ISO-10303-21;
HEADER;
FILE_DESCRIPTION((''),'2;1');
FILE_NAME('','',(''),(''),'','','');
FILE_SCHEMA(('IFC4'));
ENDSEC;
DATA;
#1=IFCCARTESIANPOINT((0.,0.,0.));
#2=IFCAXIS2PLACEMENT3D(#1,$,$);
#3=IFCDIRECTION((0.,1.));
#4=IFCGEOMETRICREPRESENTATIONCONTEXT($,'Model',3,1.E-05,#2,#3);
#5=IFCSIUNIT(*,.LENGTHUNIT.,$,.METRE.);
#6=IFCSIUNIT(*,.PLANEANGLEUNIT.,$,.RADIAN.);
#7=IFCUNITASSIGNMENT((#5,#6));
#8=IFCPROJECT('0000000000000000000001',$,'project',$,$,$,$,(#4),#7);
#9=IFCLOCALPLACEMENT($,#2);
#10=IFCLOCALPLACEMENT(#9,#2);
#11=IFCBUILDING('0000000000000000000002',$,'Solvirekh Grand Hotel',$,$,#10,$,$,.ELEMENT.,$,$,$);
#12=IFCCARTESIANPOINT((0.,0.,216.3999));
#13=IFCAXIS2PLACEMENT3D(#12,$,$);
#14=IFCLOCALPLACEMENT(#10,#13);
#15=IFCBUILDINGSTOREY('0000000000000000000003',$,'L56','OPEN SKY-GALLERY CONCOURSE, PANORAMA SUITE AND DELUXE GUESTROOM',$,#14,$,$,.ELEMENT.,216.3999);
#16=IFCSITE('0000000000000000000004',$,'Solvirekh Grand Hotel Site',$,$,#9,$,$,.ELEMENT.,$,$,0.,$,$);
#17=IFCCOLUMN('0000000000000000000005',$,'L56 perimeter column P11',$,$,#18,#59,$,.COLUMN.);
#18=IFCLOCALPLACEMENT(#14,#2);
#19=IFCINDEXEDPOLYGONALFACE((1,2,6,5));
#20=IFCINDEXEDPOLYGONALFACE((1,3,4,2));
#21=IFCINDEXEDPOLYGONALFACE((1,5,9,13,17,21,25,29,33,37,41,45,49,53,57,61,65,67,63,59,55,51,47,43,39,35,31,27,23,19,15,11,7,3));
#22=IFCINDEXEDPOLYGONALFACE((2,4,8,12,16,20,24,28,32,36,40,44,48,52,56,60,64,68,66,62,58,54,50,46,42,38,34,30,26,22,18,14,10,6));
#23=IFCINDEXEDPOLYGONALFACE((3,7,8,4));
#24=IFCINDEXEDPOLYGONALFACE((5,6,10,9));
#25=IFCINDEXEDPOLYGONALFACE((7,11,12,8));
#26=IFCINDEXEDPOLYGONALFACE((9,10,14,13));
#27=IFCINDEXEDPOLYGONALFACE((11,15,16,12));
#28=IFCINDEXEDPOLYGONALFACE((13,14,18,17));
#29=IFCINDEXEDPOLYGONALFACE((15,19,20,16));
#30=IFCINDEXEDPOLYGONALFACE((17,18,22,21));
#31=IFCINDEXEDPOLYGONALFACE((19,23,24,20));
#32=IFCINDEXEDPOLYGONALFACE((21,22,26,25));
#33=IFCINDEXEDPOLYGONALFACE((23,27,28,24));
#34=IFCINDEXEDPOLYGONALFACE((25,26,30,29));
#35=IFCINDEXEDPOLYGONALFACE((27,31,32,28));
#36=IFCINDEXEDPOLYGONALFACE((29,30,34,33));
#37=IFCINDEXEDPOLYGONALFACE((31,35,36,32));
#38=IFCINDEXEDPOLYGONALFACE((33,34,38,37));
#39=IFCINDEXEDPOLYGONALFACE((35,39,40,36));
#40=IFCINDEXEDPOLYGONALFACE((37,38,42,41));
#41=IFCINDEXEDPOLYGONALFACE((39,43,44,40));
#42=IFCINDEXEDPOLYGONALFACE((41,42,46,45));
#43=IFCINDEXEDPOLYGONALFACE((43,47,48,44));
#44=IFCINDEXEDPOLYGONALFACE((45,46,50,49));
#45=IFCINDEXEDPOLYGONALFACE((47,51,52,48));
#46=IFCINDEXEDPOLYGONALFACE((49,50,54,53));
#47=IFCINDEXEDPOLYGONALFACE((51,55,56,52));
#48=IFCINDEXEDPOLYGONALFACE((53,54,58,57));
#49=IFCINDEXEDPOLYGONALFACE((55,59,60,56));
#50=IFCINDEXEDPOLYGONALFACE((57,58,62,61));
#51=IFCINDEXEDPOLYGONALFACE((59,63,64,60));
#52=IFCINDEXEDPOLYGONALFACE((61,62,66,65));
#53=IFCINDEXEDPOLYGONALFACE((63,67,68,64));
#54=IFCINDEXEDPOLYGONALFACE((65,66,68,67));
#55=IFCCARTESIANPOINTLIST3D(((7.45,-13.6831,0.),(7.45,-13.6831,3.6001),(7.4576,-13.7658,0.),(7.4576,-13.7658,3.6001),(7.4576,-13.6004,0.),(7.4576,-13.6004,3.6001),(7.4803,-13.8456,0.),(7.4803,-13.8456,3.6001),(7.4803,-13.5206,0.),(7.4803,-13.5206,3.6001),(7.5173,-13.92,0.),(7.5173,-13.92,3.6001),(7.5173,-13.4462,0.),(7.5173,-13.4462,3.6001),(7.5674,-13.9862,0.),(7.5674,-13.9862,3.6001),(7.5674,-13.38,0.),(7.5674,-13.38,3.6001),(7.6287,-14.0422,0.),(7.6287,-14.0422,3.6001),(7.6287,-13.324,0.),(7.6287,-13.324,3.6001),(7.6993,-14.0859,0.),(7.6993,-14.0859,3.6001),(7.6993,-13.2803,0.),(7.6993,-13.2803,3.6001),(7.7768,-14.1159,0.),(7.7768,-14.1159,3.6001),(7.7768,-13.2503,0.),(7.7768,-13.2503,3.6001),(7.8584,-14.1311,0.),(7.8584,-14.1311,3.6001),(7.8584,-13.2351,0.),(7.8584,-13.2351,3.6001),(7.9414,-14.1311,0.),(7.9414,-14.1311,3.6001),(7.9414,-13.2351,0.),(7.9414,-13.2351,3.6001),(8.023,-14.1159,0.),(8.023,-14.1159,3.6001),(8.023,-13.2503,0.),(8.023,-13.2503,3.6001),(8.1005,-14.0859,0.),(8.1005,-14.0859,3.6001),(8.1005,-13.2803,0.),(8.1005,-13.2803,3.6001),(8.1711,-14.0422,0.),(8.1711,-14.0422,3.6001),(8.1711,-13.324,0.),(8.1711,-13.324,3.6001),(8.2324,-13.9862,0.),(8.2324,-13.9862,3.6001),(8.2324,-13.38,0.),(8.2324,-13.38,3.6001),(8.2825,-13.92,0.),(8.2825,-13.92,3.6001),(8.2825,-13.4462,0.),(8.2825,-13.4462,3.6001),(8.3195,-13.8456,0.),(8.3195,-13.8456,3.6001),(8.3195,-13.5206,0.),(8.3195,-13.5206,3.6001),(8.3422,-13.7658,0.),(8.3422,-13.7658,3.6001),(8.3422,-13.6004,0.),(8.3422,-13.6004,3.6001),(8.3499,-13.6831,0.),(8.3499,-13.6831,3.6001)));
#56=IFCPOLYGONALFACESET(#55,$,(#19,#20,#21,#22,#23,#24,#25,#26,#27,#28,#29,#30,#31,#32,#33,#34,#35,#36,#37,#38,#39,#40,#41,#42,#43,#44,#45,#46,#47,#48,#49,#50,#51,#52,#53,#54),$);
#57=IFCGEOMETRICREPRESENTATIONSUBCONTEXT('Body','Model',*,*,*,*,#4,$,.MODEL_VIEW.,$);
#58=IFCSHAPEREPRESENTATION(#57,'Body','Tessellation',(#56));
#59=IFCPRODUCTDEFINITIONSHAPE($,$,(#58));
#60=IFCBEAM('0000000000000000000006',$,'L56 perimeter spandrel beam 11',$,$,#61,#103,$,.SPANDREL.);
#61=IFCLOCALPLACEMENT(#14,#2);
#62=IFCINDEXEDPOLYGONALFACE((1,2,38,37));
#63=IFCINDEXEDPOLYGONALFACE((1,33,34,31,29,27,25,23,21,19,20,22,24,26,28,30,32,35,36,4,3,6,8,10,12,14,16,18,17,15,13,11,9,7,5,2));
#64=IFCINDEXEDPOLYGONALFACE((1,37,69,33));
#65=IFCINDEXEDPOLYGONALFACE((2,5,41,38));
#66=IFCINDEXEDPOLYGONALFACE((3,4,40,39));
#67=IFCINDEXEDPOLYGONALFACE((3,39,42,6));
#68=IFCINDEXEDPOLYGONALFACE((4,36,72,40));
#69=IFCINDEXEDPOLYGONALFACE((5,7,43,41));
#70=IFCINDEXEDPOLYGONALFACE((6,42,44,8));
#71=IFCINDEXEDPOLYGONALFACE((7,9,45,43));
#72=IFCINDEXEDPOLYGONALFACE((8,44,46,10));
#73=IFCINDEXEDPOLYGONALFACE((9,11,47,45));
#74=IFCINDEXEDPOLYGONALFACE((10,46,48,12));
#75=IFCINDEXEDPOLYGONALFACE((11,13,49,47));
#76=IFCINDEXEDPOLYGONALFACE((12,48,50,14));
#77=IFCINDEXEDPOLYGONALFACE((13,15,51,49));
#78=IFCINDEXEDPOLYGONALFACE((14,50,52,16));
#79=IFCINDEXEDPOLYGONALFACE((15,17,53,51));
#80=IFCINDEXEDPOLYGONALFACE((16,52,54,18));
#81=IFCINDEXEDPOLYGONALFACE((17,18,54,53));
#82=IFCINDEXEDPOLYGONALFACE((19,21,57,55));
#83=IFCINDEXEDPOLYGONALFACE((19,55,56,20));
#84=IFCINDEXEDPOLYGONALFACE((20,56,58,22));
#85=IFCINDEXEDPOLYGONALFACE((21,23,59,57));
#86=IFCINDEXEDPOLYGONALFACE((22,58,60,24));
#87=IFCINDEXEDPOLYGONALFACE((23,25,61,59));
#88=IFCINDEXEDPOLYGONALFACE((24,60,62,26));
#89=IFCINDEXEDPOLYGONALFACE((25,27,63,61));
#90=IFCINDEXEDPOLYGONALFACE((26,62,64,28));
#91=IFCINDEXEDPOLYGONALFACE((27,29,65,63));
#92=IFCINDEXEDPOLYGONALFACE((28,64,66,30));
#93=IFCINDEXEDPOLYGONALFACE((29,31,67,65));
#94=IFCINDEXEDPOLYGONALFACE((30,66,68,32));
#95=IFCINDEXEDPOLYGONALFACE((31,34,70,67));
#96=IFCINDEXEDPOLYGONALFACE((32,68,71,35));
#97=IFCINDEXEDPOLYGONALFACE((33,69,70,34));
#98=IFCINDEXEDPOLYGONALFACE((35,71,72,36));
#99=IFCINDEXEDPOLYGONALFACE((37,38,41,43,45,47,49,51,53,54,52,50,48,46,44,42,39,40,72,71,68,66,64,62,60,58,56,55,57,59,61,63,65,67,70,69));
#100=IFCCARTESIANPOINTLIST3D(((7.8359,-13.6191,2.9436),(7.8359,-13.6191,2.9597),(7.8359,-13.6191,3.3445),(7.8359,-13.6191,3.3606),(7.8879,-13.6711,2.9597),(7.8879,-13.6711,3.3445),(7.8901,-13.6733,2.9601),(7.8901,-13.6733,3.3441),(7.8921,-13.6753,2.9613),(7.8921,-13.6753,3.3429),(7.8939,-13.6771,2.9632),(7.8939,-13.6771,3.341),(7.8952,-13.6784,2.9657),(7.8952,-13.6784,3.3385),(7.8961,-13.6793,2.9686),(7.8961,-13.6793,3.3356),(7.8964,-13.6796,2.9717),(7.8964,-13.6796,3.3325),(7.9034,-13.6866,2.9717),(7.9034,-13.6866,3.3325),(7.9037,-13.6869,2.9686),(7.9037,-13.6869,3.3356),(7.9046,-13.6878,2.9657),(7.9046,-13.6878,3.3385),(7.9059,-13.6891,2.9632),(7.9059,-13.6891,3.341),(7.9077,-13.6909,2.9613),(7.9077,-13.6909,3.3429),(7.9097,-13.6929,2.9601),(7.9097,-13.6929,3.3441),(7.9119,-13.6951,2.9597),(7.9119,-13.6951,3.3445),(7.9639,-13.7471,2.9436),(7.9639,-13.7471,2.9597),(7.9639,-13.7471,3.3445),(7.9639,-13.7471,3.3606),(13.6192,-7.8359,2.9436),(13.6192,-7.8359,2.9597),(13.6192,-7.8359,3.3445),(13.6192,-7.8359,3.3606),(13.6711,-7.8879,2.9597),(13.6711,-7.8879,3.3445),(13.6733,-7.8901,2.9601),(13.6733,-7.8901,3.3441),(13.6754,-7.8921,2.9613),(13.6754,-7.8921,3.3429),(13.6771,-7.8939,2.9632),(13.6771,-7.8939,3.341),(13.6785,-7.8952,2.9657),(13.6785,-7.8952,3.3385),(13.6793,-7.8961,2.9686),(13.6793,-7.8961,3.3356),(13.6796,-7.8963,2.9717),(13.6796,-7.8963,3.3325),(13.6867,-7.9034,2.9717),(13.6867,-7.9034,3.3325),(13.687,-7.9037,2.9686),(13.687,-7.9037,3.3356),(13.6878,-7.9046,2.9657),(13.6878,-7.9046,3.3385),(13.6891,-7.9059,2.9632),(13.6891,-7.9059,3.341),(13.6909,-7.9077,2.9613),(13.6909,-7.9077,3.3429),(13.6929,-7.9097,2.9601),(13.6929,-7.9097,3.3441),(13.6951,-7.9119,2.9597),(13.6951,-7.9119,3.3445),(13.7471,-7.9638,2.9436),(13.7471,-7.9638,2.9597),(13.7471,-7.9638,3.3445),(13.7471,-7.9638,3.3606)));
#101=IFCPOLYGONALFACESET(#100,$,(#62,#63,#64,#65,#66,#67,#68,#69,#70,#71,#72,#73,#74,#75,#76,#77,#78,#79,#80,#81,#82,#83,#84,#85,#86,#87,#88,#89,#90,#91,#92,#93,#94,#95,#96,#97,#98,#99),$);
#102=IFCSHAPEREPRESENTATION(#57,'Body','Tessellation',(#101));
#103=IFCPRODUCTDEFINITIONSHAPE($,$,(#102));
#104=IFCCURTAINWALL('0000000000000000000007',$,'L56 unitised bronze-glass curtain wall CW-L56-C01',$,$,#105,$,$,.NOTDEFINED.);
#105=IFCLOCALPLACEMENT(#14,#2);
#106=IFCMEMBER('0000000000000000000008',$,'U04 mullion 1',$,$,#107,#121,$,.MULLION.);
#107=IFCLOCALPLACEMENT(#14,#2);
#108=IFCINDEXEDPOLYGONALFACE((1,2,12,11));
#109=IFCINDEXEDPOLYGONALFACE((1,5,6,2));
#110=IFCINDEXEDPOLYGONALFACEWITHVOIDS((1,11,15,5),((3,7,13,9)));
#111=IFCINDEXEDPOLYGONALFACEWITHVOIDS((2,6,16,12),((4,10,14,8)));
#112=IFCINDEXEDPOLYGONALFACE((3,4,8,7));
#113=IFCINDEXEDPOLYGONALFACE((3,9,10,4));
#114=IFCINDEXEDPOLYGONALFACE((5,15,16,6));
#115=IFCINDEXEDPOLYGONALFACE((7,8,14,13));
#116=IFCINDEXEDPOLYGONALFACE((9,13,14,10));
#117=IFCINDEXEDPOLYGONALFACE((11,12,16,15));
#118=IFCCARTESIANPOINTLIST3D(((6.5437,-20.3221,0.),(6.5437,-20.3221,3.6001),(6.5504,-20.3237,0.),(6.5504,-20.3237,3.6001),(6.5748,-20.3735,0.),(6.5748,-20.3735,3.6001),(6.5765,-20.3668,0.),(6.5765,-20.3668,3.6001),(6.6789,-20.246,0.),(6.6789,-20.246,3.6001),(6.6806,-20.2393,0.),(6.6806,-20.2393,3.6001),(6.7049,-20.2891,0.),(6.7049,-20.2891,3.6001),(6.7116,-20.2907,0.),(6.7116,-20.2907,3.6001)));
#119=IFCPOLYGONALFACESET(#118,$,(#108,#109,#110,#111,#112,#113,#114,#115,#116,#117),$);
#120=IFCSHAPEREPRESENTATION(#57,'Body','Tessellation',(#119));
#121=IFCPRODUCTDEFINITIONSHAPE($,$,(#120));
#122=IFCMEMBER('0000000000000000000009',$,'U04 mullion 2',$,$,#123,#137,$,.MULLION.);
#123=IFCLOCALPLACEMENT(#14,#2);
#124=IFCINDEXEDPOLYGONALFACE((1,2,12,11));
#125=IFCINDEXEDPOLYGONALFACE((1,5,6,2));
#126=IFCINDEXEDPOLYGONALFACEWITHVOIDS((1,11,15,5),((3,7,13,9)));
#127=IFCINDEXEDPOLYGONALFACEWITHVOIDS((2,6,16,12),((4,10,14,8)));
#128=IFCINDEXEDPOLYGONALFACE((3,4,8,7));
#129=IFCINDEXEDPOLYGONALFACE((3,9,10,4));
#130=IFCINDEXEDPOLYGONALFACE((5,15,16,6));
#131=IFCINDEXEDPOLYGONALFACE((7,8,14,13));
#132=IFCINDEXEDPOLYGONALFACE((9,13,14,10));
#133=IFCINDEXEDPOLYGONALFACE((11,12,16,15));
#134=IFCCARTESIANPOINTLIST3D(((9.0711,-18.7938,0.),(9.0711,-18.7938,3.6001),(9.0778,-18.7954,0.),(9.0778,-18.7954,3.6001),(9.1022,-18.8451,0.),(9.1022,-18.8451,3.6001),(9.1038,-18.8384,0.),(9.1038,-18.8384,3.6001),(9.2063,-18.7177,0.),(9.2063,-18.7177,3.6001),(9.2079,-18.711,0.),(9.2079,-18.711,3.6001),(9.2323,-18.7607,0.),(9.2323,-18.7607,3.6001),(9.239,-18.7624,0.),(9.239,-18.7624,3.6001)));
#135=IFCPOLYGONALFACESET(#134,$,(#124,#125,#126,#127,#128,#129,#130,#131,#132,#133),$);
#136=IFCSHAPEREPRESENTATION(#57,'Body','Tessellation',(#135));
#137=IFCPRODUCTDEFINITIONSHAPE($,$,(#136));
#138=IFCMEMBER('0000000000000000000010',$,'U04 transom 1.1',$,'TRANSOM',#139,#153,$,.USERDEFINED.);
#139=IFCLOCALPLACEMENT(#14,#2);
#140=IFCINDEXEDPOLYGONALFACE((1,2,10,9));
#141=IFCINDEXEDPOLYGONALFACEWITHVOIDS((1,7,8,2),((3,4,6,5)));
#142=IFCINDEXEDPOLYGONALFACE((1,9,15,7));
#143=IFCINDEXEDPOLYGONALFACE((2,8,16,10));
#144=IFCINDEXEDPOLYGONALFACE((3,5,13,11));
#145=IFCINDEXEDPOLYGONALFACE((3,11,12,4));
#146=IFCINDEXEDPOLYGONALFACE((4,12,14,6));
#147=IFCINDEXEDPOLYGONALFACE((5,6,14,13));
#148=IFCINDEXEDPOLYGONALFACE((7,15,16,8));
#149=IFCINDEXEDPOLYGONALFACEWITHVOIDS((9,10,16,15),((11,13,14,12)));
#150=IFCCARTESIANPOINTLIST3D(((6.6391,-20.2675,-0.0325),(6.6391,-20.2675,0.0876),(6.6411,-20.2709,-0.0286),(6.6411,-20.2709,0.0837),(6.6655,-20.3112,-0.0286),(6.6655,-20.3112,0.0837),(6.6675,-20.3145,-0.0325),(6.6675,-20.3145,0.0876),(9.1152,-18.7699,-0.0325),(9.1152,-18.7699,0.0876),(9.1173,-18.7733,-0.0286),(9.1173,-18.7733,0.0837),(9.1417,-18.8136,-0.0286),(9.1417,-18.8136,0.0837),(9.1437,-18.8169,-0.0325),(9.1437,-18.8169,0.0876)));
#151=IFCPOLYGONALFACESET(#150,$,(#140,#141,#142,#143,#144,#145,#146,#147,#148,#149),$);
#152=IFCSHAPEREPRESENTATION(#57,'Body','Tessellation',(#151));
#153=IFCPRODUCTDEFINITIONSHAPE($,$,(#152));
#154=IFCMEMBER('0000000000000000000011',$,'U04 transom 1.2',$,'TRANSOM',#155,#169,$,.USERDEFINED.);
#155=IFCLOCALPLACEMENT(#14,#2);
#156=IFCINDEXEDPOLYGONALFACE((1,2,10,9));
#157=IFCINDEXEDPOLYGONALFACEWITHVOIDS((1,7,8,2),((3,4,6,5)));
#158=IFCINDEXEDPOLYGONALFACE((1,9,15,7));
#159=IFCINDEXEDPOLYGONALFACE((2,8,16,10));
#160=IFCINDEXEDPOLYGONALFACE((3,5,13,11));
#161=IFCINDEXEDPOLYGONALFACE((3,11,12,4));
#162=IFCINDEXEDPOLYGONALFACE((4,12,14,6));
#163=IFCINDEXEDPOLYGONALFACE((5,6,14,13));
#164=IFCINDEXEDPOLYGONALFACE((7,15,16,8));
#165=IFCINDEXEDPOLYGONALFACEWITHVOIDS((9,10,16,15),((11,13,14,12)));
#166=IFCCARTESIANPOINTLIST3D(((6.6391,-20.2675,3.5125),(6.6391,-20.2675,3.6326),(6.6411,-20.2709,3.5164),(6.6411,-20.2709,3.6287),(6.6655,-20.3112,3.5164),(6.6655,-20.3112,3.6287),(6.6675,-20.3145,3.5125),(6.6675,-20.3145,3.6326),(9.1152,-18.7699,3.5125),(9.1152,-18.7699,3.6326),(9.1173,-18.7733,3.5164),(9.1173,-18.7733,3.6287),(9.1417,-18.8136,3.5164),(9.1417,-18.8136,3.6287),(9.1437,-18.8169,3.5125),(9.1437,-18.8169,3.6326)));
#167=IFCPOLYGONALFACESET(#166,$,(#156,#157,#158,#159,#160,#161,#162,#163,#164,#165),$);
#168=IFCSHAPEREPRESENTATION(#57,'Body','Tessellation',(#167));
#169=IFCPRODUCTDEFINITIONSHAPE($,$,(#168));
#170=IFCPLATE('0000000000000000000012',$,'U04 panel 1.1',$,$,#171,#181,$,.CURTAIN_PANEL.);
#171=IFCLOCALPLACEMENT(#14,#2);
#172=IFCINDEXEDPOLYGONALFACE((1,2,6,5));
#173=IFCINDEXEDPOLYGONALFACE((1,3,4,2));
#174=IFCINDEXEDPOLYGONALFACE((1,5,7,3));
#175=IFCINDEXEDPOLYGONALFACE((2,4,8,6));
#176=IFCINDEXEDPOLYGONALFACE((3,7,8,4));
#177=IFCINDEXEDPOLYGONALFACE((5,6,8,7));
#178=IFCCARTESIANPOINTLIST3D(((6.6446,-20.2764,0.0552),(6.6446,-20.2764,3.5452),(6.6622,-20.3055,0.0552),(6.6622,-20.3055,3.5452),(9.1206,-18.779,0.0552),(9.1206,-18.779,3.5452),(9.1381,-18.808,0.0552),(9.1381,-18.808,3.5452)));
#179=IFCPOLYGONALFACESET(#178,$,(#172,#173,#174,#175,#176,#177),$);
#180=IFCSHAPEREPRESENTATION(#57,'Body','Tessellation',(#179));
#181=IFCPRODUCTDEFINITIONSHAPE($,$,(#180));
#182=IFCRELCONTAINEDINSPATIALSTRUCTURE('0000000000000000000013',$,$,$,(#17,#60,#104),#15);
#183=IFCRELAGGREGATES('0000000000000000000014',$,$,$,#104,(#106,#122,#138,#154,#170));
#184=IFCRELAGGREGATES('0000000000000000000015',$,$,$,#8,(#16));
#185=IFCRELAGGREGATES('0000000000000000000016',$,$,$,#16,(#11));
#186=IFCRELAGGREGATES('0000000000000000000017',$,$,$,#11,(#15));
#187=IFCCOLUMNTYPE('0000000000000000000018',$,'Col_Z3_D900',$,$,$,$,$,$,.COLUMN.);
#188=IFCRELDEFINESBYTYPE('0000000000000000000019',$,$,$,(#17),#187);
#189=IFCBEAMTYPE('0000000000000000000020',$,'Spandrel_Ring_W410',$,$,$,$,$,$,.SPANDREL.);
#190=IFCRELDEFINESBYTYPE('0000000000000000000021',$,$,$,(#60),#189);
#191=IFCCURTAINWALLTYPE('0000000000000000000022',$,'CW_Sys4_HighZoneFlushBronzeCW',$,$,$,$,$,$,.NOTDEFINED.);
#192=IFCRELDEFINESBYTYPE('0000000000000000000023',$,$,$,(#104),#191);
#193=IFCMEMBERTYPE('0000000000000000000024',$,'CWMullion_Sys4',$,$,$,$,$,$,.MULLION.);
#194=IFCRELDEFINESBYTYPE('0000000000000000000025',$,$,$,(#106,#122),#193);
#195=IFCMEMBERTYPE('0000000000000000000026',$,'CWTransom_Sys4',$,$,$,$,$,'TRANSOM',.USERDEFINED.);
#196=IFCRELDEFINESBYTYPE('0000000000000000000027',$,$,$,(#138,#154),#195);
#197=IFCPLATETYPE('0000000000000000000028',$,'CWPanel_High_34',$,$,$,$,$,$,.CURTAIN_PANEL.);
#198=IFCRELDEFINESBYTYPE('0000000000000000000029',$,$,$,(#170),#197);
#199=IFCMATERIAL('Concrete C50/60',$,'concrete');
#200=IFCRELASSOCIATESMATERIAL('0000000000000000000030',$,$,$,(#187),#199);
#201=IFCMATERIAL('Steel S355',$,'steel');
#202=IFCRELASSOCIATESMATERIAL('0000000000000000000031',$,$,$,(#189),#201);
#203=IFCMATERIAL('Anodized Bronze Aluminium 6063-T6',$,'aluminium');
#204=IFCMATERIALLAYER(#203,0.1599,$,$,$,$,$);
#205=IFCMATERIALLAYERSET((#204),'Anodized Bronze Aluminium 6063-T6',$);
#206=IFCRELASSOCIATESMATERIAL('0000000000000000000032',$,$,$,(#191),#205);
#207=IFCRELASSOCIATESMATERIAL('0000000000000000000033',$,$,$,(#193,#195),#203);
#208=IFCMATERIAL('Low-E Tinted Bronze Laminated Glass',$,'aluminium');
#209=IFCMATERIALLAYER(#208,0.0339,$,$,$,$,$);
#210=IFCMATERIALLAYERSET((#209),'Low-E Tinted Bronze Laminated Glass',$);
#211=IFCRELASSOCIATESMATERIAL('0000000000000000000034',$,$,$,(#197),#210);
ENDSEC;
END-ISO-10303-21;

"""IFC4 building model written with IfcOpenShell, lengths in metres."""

from ifc_helpers import new_model, si_unit, direction, frame, origin, origin_2d, place, context, subcontext, project, spatial, rectangle, hollow_rectangle, circle, i_section, extrude, source, transform, mapped, material, layer, layer_set, material_profile, profile_set, type_object, element, aggregate, save


model = new_model("IFC4")

# Units and contexts
model_context = context("Model", 3, precision=1e-05, world=origin(), true_north=direction((0.0, 1.0)))
body_context = subcontext(model_context, "Body", "Model", "MODEL_VIEW")
ifc_project = project(units=[si_unit("LENGTHUNIT", "METRE"), si_unit("PLANEANGLEUNIT", "RADIAN")], contexts=[model_context])

# Site, building, storey
site_placement = place(None, origin())
site = spatial("IfcSite", under=ifc_project, at=site_placement, Name="Solvirekh Grand Hotel Site", CompositionType="ELEMENT", RefElevation=0.0)
building_placement = place(site_placement, origin())
building = spatial("IfcBuilding", under=site, at=building_placement, Name="Solvirekh Grand Hotel", CompositionType="ELEMENT")
storey_placement = place(building_placement, frame((0.0, 0.0, 216.3999)))
storey = spatial("IfcBuildingStorey", under=building, at=storey_placement, Name="L56", Description="OPEN SKY-GALLERY CONCOURSE, PANORAMA SUITE AND DELUXE GUESTROOM", CompositionType="ELEMENT", Elevation=216.3999)

# Column
ifc_material_1 = material(Name="Concrete C50/60", Category="concrete")
ifc_material_profile_1 = material_profile(ifc_material_1, circle(Radius=0.45, at=origin_2d()), Name="RC CIRC D900")
ifc_profile_set_1 = profile_set([ifc_material_profile_1], Name="Concrete C50/60")
column_type = type_object("IfcColumnType", Name="Col_Z3_D900", PredefinedType="COLUMN", material=ifc_profile_set_1)
column_placement = place(storey_placement, frame((7.8999, -13.6831, 0.0), z_axis=(0.0, 0.0, 1.0), x_axis=(1.0, 0.0, 0.0)))
element("IfcColumn", 1, at=column_placement, inside=storey, type_object=column_type, Name="L56 perimeter column P11", PredefinedType="COLUMN", context=body_context, shape_type="SweptSolid", body=[
    extrude(circle(Radius=0.45, at=origin_2d()), origin(), (0.0, 0.0, 1.0), 3.6001),
])

# Beam
ifc_material_2 = material(Name="Steel S355", Category="steel")
ifc_material_profile_2 = material_profile(ifc_material_2, i_section(OverallWidth=0.1809, OverallDepth=0.417, WebThickness=0.01, FlangeThickness=0.0161, FilletRadius=0.012, at=origin_2d()), Name="W410X85")
ifc_profile_set_2 = profile_set([ifc_material_profile_2], Name="Steel S355")
beam_type = type_object("IfcBeamType", Name="Spandrel_Ring_W410", PredefinedType="SPANDREL", material=ifc_profile_set_2)
beam_placement = place(storey_placement, frame((7.8999, -13.6831, 3.1521), z_axis=(0.707107, 0.707107, 0.0), x_axis=(-0.707107, 0.707107, 0.0)))
element("IfcBeam", 2, at=beam_placement, inside=storey, type_object=beam_type, Name="L56 perimeter spandrel beam 11", PredefinedType="SPANDREL", context=body_context, shape_type="SweptSolid", body=[
    extrude(i_section(OverallWidth=0.1809, OverallDepth=0.417, WebThickness=0.01, FlangeThickness=0.0161, FilletRadius=0.012, at=origin_2d()), origin(), (0.0, 0.0, 1.0), 8.1787),
])

# Curtain wall, members, plate
ifc_material_3 = material(Name="Anodized Bronze Aluminium 6063-T6", Category="aluminium")
ifc_layer_1 = layer(ifc_material_3, 0.1599)
ifc_layer_set_1 = layer_set([ifc_layer_1], Name="Anodized Bronze Aluminium 6063-T6")
curtain_wall_type = type_object("IfcCurtainWallType", Name="CW_Sys4_HighZoneFlushBronzeCW", PredefinedType="NOTDEFINED", material=ifc_layer_set_1)
curtain_wall_placement = place(storey_placement, origin())
curtain_wall = element("IfcCurtainWall", 3, at=curtain_wall_placement, inside=storey, type_object=curtain_wall_type, Name="L56 unitised bronze-glass curtain wall CW-L56-C01", PredefinedType="NOTDEFINED")
ifc_material_profile_3 = material_profile(ifc_material_3, hollow_rectangle(XDim=0.0601, YDim=0.1599, WallThickness=0.0049, at=origin_2d()), Name="ALU RHS 160X60X5")
ifc_profile_set_3 = profile_set([ifc_material_profile_3], Name="Anodized Bronze Aluminium 6063-T6")
member_type_1 = type_object("IfcMemberType", Name="CWMullion_Sys4", PredefinedType="MULLION", material=ifc_profile_set_3)
shared_shape_1 = source(origin(), body_context, "Body", "SweptSolid", [
    extrude(hollow_rectangle(XDim=0.0601, YDim=0.1599, WallThickness=0.0049, at=origin_2d()), origin(), (0.0, 0.0, 1.0), 3.6001),
])
member_1_placement = place(storey_placement, frame((6.6277, -20.3064, 0.0), z_axis=(0.0, 0.0, 1.0), x_axis=(-0.517499, 0.855684, 0.0)))
member_1 = element("IfcMember", 4, at=member_1_placement, type_object=member_type_1, Name="U04 mullion 1", PredefinedType="MULLION", context=body_context, shape_type="MappedRepresentation", body=[
    mapped(shared_shape_1, transform((0.0, 0.0, 0.0), x_axis=(1.0, 0.0, 0.0), y_axis=(0.0, 1.0, 0.0), z_axis=(0.0, 0.0, 1.0), scale=1.0)),
])
member_2_placement = place(storey_placement, frame((9.155, -18.7781, 0.0), z_axis=(0.0, 0.0, 1.0), x_axis=(-0.517499, 0.855684, 0.0)))
member_2 = element("IfcMember", 5, at=member_2_placement, type_object=member_type_1, Name="U04 mullion 2", PredefinedType="MULLION", context=body_context, shape_type="MappedRepresentation", body=[
    mapped(shared_shape_1, transform((0.0, 0.0, 0.0), x_axis=(1.0, 0.0, 0.0), y_axis=(0.0, 1.0, 0.0), z_axis=(0.0, 0.0, 1.0), scale=1.0)),
])
ifc_material_profile_4 = material_profile(ifc_material_3, hollow_rectangle(XDim=0.0549, YDim=0.1201, WallThickness=0.0039, at=origin_2d()), Name="ALU RHS 120X55X4")
ifc_profile_set_4 = profile_set([ifc_material_profile_4], Name="Anodized Bronze Aluminium 6063-T6")
member_type_2 = type_object("IfcMemberType", Name="CWTransom_Sys4", ElementType="TRANSOM", PredefinedType="USERDEFINED", material=ifc_profile_set_4)
shared_shape_2 = source(origin(), body_context, "Body", "SweptSolid", [
    extrude(hollow_rectangle(XDim=0.0549, YDim=0.1201, WallThickness=0.0039, at=origin_2d()), origin(), (0.0, 0.0, 1.0), 2.8938),
])
member_3_placement = place(storey_placement, frame((6.6533, -20.291, 0.0276), z_axis=(0.855671, 0.51752, 0.0), x_axis=(-0.51752, 0.855671, 0.0)))
member_3 = element("IfcMember", 6, at=member_3_placement, type_object=member_type_2, Name="U04 transom 1.1", ObjectType="TRANSOM", PredefinedType="USERDEFINED", context=body_context, shape_type="MappedRepresentation", body=[
    mapped(shared_shape_2, transform((0.0, 0.0, 0.0), x_axis=(1.0, 0.0, 0.0), y_axis=(0.0, 1.0, 0.0), z_axis=(0.0, 0.0, 1.0), scale=1.0)),
])
member_4_placement = place(storey_placement, frame((6.6533, -20.291, 3.5725), z_axis=(0.855671, 0.51752, 0.0), x_axis=(-0.51752, 0.855671, 0.0)))
member_4 = element("IfcMember", 7, at=member_4_placement, type_object=member_type_2, Name="U04 transom 1.2", ObjectType="TRANSOM", PredefinedType="USERDEFINED", context=body_context, shape_type="MappedRepresentation", body=[
    mapped(shared_shape_2, transform((0.0, 0.0, 0.0), x_axis=(1.0, 0.0, 0.0), y_axis=(0.0, 1.0, 0.0), z_axis=(0.0, 0.0, 1.0), scale=1.0)),
])
ifc_material_4 = material(Name="Low-E Tinted Bronze Laminated Glass", Category="aluminium")
ifc_layer_2 = layer(ifc_material_4, 0.0339)
ifc_layer_set_2 = layer_set([ifc_layer_2], Name="Low-E Tinted Bronze Laminated Glass")
plate_type = type_object("IfcPlateType", Name="CWPanel_High_34", PredefinedType="CURTAIN_PANEL", material=ifc_layer_set_2)
shared_shape_3 = source(origin(), body_context, "Body", "SweptSolid", [
    extrude(rectangle(XDim=2.8936, YDim=0.0339, at=origin_2d()), origin(), (0.0, 0.0, 1.0), 3.49),
])
plate_placement = place(storey_placement, frame((7.8914, -19.5422, 0.0552), z_axis=(0.0, 0.0, 1.0), x_axis=(0.855684, 0.517499, 0.0)))
plate = element("IfcPlate", 8, at=plate_placement, type_object=plate_type, Name="U04 panel 1.1", PredefinedType="CURTAIN_PANEL", context=body_context, shape_type="MappedRepresentation", body=[
    mapped(shared_shape_3, transform((0.0, 0.0, 0.0), x_axis=(1.0, 0.0, 0.0), y_axis=(0.0, 1.0, 0.0), z_axis=(0.0, 0.0, 1.0), scale=1.0)),
])
aggregate(curtain_wall, [member_1, member_2, member_3, member_4, plate])

save(model, "model.ifc")
